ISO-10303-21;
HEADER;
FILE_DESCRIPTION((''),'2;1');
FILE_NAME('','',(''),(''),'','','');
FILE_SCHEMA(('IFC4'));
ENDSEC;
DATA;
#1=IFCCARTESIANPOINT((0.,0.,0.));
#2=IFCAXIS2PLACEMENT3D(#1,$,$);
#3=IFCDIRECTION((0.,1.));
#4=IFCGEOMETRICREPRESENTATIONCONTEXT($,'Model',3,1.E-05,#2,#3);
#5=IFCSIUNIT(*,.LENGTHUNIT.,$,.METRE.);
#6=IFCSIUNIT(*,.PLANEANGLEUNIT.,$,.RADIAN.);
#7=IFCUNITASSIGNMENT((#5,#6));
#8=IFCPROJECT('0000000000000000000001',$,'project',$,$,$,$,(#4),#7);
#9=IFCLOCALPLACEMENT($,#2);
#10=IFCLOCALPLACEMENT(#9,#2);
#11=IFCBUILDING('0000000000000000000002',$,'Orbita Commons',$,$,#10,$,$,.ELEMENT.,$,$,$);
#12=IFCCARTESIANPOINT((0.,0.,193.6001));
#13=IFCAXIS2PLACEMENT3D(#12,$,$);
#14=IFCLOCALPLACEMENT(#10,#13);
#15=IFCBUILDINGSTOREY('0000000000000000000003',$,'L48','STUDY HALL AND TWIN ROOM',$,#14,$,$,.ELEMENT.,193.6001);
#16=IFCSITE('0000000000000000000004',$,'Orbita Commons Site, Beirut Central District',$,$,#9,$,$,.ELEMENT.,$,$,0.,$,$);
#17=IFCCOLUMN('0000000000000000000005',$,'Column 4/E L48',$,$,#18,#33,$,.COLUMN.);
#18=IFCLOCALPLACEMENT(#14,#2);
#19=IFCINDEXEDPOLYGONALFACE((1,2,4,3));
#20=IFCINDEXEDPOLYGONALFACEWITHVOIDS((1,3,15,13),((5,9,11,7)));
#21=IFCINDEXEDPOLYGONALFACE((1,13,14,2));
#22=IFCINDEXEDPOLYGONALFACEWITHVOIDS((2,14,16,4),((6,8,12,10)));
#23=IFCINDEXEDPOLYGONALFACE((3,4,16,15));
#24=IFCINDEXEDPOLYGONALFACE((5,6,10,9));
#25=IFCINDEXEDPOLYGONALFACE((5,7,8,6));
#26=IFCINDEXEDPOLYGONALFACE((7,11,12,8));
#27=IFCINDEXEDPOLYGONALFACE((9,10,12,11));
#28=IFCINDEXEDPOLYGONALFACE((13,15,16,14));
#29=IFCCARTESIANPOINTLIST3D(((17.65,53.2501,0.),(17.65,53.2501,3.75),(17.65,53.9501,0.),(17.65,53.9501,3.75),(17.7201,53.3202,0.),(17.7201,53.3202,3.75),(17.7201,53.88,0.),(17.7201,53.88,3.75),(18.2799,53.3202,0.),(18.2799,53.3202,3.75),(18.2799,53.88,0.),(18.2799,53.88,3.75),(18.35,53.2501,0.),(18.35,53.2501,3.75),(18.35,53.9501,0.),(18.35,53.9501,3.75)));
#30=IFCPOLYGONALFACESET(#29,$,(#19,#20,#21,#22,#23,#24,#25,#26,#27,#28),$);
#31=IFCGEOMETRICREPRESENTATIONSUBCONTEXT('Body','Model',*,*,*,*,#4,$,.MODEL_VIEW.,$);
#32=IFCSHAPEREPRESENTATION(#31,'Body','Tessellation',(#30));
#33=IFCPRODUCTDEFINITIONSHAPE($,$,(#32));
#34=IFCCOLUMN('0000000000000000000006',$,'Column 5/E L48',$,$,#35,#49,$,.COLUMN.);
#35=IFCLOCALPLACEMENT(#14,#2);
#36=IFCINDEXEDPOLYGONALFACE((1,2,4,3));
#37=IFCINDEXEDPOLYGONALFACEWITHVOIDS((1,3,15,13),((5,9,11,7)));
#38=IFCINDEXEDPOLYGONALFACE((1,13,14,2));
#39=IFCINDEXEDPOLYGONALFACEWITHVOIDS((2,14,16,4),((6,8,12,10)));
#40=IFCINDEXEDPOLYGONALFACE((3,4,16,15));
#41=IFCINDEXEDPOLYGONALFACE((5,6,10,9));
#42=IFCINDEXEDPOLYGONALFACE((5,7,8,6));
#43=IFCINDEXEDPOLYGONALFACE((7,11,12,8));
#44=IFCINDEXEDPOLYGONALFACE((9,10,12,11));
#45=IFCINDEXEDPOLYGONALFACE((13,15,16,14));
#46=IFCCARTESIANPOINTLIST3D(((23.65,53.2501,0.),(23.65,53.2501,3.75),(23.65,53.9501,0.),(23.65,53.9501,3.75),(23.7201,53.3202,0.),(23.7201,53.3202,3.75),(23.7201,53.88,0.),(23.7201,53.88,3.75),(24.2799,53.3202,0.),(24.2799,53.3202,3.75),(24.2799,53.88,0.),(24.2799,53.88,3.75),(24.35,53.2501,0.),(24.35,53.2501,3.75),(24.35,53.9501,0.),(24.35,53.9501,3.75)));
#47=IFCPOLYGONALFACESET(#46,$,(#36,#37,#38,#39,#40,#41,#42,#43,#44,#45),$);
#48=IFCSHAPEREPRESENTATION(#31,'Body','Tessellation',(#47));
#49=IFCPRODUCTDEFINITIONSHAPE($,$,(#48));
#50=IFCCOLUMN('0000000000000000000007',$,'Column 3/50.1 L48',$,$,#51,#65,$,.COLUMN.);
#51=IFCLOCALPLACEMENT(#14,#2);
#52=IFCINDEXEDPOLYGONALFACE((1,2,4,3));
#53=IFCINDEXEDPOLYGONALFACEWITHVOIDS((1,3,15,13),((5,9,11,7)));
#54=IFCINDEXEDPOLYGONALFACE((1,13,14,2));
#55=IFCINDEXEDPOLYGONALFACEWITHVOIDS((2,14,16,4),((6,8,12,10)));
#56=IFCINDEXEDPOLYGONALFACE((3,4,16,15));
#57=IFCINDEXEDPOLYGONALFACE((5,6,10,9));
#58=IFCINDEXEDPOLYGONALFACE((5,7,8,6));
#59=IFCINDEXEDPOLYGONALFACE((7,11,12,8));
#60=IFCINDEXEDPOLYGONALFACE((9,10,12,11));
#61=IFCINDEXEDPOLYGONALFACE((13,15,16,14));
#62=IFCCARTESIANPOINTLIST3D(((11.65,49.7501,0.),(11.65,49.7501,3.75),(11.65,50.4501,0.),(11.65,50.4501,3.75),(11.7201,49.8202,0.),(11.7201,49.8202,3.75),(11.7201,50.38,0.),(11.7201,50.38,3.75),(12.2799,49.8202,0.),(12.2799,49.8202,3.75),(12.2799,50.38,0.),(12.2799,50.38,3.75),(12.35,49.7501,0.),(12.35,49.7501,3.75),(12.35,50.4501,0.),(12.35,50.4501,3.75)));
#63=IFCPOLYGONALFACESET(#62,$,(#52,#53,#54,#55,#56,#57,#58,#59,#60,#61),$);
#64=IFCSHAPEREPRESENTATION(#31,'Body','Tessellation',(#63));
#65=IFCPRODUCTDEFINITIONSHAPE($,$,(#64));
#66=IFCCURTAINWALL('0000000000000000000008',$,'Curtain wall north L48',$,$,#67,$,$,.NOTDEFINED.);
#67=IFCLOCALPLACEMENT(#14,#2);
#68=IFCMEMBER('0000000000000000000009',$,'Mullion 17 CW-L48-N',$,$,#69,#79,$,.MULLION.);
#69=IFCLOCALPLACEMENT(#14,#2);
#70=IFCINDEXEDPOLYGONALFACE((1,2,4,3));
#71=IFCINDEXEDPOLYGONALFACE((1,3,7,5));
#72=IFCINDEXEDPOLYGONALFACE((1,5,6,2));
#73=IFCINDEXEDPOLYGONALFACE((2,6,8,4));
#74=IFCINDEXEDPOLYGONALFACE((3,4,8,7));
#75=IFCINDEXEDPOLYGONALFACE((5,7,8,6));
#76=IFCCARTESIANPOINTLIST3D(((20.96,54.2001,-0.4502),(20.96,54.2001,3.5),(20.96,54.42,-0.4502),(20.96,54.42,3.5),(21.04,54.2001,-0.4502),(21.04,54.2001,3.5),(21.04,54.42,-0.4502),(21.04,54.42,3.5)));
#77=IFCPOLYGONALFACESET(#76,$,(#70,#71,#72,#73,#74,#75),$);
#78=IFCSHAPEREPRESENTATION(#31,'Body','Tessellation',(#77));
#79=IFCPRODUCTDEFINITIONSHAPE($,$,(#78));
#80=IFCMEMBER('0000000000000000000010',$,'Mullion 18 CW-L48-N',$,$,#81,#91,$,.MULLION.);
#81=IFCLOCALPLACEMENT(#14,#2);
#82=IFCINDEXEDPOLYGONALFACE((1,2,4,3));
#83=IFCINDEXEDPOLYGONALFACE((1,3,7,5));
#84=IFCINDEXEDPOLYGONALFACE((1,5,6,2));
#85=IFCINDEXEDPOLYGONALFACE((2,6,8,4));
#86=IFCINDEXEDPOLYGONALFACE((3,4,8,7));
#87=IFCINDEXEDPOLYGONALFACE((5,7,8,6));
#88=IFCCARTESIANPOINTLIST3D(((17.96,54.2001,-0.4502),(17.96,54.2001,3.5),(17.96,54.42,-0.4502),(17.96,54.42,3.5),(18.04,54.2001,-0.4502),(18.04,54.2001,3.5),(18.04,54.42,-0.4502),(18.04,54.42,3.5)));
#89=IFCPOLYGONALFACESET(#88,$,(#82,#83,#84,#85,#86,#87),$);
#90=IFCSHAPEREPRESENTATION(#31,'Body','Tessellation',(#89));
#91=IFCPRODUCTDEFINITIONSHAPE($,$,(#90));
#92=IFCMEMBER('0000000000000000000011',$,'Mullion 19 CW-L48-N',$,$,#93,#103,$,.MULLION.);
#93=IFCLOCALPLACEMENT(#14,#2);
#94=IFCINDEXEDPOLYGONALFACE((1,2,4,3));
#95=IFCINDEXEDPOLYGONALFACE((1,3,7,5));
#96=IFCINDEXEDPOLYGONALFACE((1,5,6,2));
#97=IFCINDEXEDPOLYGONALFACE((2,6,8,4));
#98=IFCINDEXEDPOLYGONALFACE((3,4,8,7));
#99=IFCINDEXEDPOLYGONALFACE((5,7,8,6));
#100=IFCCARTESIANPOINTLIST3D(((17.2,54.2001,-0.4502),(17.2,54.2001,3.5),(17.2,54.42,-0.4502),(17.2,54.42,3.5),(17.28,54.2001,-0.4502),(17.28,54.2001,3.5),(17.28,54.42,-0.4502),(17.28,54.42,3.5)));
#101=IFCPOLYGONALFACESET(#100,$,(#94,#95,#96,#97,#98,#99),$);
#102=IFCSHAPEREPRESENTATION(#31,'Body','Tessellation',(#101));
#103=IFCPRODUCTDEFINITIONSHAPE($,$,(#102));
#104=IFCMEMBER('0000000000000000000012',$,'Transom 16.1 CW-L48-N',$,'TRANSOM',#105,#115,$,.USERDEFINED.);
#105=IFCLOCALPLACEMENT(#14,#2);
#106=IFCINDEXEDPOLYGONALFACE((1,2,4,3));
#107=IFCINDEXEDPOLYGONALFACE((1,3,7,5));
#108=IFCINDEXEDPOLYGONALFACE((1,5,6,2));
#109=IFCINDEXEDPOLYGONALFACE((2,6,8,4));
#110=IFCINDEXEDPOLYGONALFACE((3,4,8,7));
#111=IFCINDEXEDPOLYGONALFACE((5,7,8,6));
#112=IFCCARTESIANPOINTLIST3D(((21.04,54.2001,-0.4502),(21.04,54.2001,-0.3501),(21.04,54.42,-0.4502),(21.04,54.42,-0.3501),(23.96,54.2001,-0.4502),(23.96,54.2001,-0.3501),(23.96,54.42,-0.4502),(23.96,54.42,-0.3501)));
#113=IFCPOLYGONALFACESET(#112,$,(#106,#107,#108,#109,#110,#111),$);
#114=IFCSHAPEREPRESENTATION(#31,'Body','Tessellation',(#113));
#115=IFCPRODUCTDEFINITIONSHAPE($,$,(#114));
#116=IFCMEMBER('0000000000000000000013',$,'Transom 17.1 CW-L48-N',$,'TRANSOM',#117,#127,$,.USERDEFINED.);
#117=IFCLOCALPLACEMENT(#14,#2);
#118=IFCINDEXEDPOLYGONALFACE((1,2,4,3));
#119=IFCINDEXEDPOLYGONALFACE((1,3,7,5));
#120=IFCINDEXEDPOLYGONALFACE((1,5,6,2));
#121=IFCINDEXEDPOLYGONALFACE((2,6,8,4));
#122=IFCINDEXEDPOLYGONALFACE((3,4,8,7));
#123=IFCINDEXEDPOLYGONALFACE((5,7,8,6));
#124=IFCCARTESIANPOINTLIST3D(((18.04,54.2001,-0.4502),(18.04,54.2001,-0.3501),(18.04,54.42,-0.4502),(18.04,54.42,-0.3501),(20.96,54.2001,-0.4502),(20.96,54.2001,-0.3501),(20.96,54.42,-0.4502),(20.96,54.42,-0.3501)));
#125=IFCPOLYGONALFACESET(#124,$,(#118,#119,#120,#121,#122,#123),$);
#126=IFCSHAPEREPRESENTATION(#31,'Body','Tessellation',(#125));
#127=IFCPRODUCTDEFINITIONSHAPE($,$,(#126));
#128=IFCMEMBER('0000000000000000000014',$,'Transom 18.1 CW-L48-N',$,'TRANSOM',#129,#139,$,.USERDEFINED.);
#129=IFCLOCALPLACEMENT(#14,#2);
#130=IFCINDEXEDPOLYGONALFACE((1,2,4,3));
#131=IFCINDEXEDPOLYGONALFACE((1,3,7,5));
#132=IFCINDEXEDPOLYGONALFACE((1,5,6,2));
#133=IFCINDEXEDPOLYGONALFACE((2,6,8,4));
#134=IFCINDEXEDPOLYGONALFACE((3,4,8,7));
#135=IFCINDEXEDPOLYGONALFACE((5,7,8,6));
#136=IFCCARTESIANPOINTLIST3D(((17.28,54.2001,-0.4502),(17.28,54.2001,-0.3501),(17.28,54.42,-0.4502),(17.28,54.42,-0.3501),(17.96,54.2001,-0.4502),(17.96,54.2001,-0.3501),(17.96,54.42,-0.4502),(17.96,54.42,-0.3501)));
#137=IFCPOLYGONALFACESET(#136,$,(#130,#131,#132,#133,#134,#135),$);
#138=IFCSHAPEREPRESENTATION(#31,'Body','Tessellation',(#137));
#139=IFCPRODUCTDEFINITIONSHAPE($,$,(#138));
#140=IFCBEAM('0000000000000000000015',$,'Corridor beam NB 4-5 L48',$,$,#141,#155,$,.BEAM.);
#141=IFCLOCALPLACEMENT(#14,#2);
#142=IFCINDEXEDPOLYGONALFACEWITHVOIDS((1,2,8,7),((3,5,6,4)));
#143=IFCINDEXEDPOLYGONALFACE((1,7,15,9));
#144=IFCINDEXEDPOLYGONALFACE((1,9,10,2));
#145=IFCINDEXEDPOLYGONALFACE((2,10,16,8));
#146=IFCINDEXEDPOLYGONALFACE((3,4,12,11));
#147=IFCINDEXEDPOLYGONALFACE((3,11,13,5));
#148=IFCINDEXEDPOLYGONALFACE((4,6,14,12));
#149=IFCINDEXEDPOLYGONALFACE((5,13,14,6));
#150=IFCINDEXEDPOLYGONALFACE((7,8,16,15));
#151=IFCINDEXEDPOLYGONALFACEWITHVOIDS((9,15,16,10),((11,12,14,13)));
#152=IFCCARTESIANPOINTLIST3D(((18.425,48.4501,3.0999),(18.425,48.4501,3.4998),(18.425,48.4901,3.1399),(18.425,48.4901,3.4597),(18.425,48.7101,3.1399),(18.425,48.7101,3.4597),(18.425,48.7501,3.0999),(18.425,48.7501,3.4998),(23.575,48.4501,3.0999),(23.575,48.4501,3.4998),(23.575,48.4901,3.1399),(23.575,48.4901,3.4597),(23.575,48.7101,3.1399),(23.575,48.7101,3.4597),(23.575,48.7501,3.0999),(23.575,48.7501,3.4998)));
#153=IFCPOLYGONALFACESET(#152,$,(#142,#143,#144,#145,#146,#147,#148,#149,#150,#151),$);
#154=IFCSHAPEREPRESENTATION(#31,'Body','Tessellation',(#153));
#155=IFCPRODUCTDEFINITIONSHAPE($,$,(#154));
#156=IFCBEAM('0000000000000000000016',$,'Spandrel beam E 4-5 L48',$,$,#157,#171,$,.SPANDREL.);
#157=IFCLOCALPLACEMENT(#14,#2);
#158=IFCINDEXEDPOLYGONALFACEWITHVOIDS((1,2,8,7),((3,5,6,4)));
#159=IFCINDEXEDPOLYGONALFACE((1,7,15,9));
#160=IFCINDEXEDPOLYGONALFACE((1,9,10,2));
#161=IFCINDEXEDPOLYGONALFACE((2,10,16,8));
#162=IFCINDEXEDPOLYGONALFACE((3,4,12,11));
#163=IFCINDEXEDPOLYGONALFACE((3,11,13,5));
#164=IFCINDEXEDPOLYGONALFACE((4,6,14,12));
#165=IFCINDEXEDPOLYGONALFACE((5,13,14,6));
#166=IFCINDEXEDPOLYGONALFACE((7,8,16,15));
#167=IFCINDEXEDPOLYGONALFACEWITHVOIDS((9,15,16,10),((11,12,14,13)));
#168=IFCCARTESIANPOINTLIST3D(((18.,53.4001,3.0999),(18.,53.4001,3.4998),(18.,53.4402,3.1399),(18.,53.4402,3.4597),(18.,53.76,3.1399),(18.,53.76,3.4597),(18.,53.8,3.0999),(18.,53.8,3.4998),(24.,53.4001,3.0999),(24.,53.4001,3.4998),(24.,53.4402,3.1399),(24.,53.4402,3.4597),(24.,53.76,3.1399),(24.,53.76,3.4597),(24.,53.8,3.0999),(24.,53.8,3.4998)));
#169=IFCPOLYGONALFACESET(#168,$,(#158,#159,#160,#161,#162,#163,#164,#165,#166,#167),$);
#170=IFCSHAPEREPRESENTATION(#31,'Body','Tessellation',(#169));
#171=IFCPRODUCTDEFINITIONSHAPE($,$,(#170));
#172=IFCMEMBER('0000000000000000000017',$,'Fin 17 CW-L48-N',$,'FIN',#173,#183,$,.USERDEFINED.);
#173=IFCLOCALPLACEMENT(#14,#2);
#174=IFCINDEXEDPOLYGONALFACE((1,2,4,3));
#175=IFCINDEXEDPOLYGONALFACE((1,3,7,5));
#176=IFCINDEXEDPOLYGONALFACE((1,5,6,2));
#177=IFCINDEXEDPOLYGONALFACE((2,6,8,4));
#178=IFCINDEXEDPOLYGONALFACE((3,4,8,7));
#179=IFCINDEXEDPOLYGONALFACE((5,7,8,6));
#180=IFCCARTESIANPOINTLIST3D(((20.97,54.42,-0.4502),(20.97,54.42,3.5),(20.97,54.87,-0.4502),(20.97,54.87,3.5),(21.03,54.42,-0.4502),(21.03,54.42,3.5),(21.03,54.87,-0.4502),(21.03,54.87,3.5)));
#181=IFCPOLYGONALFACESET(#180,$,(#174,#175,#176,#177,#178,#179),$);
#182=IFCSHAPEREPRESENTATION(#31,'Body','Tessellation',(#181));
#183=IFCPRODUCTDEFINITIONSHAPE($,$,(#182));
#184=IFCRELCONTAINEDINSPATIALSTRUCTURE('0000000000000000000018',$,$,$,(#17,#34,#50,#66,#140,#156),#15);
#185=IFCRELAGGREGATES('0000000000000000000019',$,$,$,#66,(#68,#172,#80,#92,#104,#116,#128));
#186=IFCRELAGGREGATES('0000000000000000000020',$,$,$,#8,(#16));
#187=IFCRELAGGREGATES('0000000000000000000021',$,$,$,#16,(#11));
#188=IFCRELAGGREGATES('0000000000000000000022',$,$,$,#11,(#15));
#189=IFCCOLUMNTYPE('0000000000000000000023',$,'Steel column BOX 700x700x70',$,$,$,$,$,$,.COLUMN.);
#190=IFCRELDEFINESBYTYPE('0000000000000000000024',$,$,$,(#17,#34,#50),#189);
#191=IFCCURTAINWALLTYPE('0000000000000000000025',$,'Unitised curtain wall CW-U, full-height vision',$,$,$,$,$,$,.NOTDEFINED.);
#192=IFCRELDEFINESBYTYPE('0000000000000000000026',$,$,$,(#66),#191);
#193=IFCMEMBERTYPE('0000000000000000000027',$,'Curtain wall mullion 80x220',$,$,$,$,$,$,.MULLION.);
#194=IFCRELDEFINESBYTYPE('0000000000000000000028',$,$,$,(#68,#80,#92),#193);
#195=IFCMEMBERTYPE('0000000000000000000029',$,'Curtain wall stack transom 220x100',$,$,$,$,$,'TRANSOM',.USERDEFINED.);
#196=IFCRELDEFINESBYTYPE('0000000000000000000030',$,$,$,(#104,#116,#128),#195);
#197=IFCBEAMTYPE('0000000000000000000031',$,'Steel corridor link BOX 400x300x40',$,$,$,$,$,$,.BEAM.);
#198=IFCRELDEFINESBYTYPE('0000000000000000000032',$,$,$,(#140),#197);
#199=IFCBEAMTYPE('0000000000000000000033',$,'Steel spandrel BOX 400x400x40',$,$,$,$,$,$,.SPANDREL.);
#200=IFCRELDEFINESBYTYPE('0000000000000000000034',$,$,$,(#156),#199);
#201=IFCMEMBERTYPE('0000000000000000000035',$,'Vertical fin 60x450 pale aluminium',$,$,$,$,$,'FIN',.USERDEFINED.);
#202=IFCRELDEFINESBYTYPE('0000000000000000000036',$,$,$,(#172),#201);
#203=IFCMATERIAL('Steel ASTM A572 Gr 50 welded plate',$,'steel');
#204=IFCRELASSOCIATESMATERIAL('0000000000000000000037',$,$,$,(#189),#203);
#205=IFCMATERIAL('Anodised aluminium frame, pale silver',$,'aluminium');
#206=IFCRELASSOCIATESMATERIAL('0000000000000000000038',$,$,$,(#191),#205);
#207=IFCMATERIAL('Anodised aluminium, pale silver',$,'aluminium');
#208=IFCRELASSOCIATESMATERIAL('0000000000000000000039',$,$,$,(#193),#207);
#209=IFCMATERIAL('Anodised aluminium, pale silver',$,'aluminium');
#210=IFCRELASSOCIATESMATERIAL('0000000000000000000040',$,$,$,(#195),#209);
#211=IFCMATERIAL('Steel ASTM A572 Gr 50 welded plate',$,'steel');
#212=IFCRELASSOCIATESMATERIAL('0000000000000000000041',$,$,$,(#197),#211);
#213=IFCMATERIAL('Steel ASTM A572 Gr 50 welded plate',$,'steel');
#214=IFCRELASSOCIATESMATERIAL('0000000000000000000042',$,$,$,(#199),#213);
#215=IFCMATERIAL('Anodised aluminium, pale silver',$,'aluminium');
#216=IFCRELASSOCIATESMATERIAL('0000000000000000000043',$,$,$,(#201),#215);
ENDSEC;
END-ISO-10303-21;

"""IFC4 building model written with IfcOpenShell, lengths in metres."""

from ifc_helpers import new_model, si_unit, direction, frame, origin, origin_2d, place, context, subcontext, project, spatial, rectangle, hollow_rectangle, extrude, material, material_profile, profile_set, type_object, element, aggregate, save


model = new_model("IFC4")

# Units and contexts
model_context = context("Model", 3, precision=1e-05, world=origin(), true_north=direction((0.0, 1.0)))
body_context = subcontext(model_context, "Body", "Model", "MODEL_VIEW")
ifc_project = project(units=[si_unit("LENGTHUNIT", "METRE"), si_unit("PLANEANGLEUNIT", "RADIAN")], contexts=[model_context])

# Site, building, storey
site_placement = place(None, origin())
site = spatial("IfcSite", under=ifc_project, at=site_placement, Name="Orbita Commons Site, Beirut Central District", CompositionType="ELEMENT", RefElevation=0.0)
building_placement = place(site_placement, origin())
building = spatial("IfcBuilding", under=site, at=building_placement, Name="Orbita Commons", CompositionType="ELEMENT")
storey_placement = place(building_placement, frame((0.0, 0.0, 193.6001)))
storey = spatial("IfcBuildingStorey", under=building, at=storey_placement, Name="L48", Description="STUDY HALL AND TWIN ROOM", CompositionType="ELEMENT", Elevation=193.6001)

# Columns
ifc_material_1 = material(Name="Steel ASTM A572 Gr 50 welded plate", Category="steel")
ifc_material_profile_1 = material_profile(ifc_material_1, hollow_rectangle(XDim=0.7, YDim=0.7, WallThickness=0.0701, at=origin_2d()), Name="BOX 700x700x70")
ifc_profile_set_1 = profile_set([ifc_material_profile_1], Name="Steel ASTM A572 Gr 50 welded plate")
column_type = type_object("IfcColumnType", Name="Steel column BOX 700x700x70", PredefinedType="COLUMN", material=ifc_profile_set_1)
for number, where, z_axis, x_axis, name in (
    (1, (18.0, 53.6001, 0.0), (0.0, 0.0, 1.0), (1.0, 0.0, 0.0), "Column 4/E L48"),
    (2, (24.0, 53.6001, 0.0), (0.0, 0.0, 1.0), (1.0, 0.0, 0.0), "Column 5/E L48"),
    (3, (12.0, 50.1001, 0.0), (0.0, 0.0, 1.0), (1.0, 0.0, 0.0), "Column 3/50.1 L48"),
):
    element("IfcColumn", number, at=place(storey_placement, frame(where, z_axis=z_axis, x_axis=x_axis)), inside=storey, type_object=column_type, Name=name, PredefinedType="COLUMN", context=body_context, shape_type="SweptSolid", body=[
        extrude(hollow_rectangle(XDim=0.7, YDim=0.7, WallThickness=0.0701, at=origin_2d()), origin(), (0.0, 0.0, 1.0), 3.75),
    ])

# Curtain wall, members
ifc_material_2 = material(Name="Anodised aluminium frame, pale silver", Category="aluminium")
curtain_wall_type = type_object("IfcCurtainWallType", Name="Unitised curtain wall CW-U, full-height vision", PredefinedType="NOTDEFINED", material=ifc_material_2)
curtain_wall_placement = place(storey_placement, origin())
curtain_wall = element("IfcCurtainWall", 4, at=curtain_wall_placement, inside=storey, type_object=curtain_wall_type, Name="Curtain wall north L48", PredefinedType="NOTDEFINED")
ifc_material_3 = material(Name="Anodised aluminium, pale silver", Category="aluminium")
ifc_material_profile_2 = material_profile(ifc_material_3, rectangle(XDim=0.0801, YDim=0.22, at=origin_2d()), Name="AL 80x220")
ifc_profile_set_2 = profile_set([ifc_material_profile_2], Name="Anodised aluminium, pale silver")
member_type_1 = type_object("IfcMemberType", Name="Curtain wall mullion 80x220", PredefinedType="MULLION", material=ifc_profile_set_2)
member_1_placement = place(storey_placement, frame((21.0, 54.3101, -0.4502), z_axis=(0.0, 0.0, 1.0), x_axis=(-1.0, 0.0, 0.0)))
member_1 = element("IfcMember", 5, at=member_1_placement, type_object=member_type_1, Name="Mullion 17 CW-L48-N", PredefinedType="MULLION", context=body_context, shape_type="SweptSolid", body=[
    extrude(rectangle(XDim=0.0801, YDim=0.22, at=origin_2d()), origin(), (0.0, 0.0, 1.0), 3.9502),
])
member_2_placement = place(storey_placement, frame((18.0, 54.3101, -0.4502), z_axis=(0.0, 0.0, 1.0), x_axis=(-1.0, 0.0, 0.0)))
member_2 = element("IfcMember", 6, at=member_2_placement, type_object=member_type_1, Name="Mullion 18 CW-L48-N", PredefinedType="MULLION", context=body_context, shape_type="SweptSolid", body=[
    extrude(rectangle(XDim=0.0801, YDim=0.22, at=origin_2d()), origin(), (0.0, 0.0, 1.0), 3.9502),
])
member_3_placement = place(storey_placement, frame((17.24, 54.3101, -0.4502), z_axis=(0.0, 0.0, 1.0), x_axis=(-1.0, 0.0, 0.0)))
member_3 = element("IfcMember", 7, at=member_3_placement, type_object=member_type_1, Name="Mullion 19 CW-L48-N", PredefinedType="MULLION", context=body_context, shape_type="SweptSolid", body=[
    extrude(rectangle(XDim=0.0801, YDim=0.22, at=origin_2d()), origin(), (0.0, 0.0, 1.0), 3.9502),
])
ifc_material_4 = material(Name="Anodised aluminium, pale silver", Category="aluminium")
ifc_material_profile_3 = material_profile(ifc_material_4, rectangle(XDim=0.22, YDim=0.1001, at=origin_2d()), Name="AL 220x100")
ifc_profile_set_3 = profile_set([ifc_material_profile_3], Name="Anodised aluminium, pale silver")
member_type_2 = type_object("IfcMemberType", Name="Curtain wall stack transom 220x100", ElementType="TRANSOM", PredefinedType="USERDEFINED", material=ifc_profile_set_3)
member_4_placement = place(storey_placement, frame((23.96, 54.3101, -0.4001), z_axis=(-1.0, 0.0, 0.0), x_axis=(0.0, -1.0, 0.0)))
member_4 = element("IfcMember", 8, at=member_4_placement, type_object=member_type_2, Name="Transom 16.1 CW-L48-N", ObjectType="TRANSOM", PredefinedType="USERDEFINED", context=body_context, shape_type="SweptSolid", body=[
    extrude(rectangle(XDim=0.22, YDim=0.1001, at=origin_2d()), origin(), (0.0, 0.0, 1.0), 2.9199),
])
member_5_placement = place(storey_placement, frame((20.96, 54.3101, -0.4001), z_axis=(-1.0, 0.0, 0.0), x_axis=(0.0, -1.0, 0.0)))
member_5 = element("IfcMember", 9, at=member_5_placement, type_object=member_type_2, Name="Transom 17.1 CW-L48-N", ObjectType="TRANSOM", PredefinedType="USERDEFINED", context=body_context, shape_type="SweptSolid", body=[
    extrude(rectangle(XDim=0.22, YDim=0.1001, at=origin_2d()), origin(), (0.0, 0.0, 1.0), 2.9199),
])
member_6_placement = place(storey_placement, frame((17.96, 54.3101, -0.4001), z_axis=(-1.0, 0.0, 0.0), x_axis=(0.0, -1.0, 0.0)))
member_6 = element("IfcMember", 10, at=member_6_placement, type_object=member_type_2, Name="Transom 18.1 CW-L48-N", ObjectType="TRANSOM", PredefinedType="USERDEFINED", context=body_context, shape_type="SweptSolid", body=[
    extrude(rectangle(XDim=0.22, YDim=0.1001, at=origin_2d()), origin(), (0.0, 0.0, 1.0), 0.6799),
])

# Beams
ifc_material_5 = material(Name="Steel ASTM A572 Gr 50 welded plate", Category="steel")
ifc_material_profile_4 = material_profile(ifc_material_5, hollow_rectangle(XDim=0.3, YDim=0.3999, WallThickness=0.04, at=origin_2d()), Name="BOX 400x300x40")
ifc_profile_set_4 = profile_set([ifc_material_profile_4], Name="Steel ASTM A572 Gr 50 welded plate")
beam_type_1 = type_object("IfcBeamType", Name="Steel corridor link BOX 400x300x40", PredefinedType="BEAM", material=ifc_profile_set_4)
beam_1_placement = place(storey_placement, frame((18.425, 48.6001, 3.2998), z_axis=(1.0, 0.0, 0.0), x_axis=(0.0, 1.0, 0.0)))
element("IfcBeam", 11, at=beam_1_placement, inside=storey, type_object=beam_type_1, Name="Corridor beam NB 4-5 L48", PredefinedType="BEAM", context=body_context, shape_type="SweptSolid", body=[
    extrude(hollow_rectangle(XDim=0.3, YDim=0.3999, WallThickness=0.04, at=origin_2d()), origin(), (0.0, 0.0, 1.0), 5.1499),
])
ifc_material_6 = material(Name="Steel ASTM A572 Gr 50 welded plate", Category="steel")
ifc_material_profile_5 = material_profile(ifc_material_6, hollow_rectangle(XDim=0.3999, YDim=0.3999, WallThickness=0.04, at=origin_2d()), Name="BOX 400x400x40")
ifc_profile_set_5 = profile_set([ifc_material_profile_5], Name="Steel ASTM A572 Gr 50 welded plate")
beam_type_2 = type_object("IfcBeamType", Name="Steel spandrel BOX 400x400x40", PredefinedType="SPANDREL", material=ifc_profile_set_5)
beam_2_placement = place(storey_placement, frame((18.0, 53.6001, 3.2998), z_axis=(1.0, 0.0, 0.0), x_axis=(0.0, 1.0, 0.0)))
element("IfcBeam", 12, at=beam_2_placement, inside=storey, type_object=beam_type_2, Name="Spandrel beam E 4-5 L48", PredefinedType="SPANDREL", context=body_context, shape_type="SweptSolid", body=[
    extrude(hollow_rectangle(XDim=0.3999, YDim=0.3999, WallThickness=0.04, at=origin_2d()), origin(), (0.0, 0.0, 1.0), 6.0),
])

# Member
ifc_material_7 = material(Name="Anodised aluminium, pale silver", Category="aluminium")
ifc_material_profile_6 = material_profile(ifc_material_7, rectangle(XDim=0.0601, YDim=0.45, at=origin_2d()), Name="FIN 60x450")
ifc_profile_set_6 = profile_set([ifc_material_profile_6], Name="Anodised aluminium, pale silver")
member_type_3 = type_object("IfcMemberType", Name="Vertical fin 60x450 pale aluminium", ElementType="FIN", PredefinedType="USERDEFINED", material=ifc_profile_set_6)
member_7_placement = place(storey_placement, frame((21.0, 54.645, -0.4502), z_axis=(0.0, 0.0, 1.0), x_axis=(-1.0, 0.0, 0.0)))
member_7 = element("IfcMember", 13, at=member_7_placement, type_object=member_type_3, Name="Fin 17 CW-L48-N", ObjectType="FIN", PredefinedType="USERDEFINED", context=body_context, shape_type="SweptSolid", body=[
    extrude(rectangle(XDim=0.0601, YDim=0.45, at=origin_2d()), origin(), (0.0, 0.0, 1.0), 3.9502),
])

aggregate(curtain_wall, [member_1, member_7, member_2, member_3, member_4, member_5, member_6])

save(model, "model.ifc")
